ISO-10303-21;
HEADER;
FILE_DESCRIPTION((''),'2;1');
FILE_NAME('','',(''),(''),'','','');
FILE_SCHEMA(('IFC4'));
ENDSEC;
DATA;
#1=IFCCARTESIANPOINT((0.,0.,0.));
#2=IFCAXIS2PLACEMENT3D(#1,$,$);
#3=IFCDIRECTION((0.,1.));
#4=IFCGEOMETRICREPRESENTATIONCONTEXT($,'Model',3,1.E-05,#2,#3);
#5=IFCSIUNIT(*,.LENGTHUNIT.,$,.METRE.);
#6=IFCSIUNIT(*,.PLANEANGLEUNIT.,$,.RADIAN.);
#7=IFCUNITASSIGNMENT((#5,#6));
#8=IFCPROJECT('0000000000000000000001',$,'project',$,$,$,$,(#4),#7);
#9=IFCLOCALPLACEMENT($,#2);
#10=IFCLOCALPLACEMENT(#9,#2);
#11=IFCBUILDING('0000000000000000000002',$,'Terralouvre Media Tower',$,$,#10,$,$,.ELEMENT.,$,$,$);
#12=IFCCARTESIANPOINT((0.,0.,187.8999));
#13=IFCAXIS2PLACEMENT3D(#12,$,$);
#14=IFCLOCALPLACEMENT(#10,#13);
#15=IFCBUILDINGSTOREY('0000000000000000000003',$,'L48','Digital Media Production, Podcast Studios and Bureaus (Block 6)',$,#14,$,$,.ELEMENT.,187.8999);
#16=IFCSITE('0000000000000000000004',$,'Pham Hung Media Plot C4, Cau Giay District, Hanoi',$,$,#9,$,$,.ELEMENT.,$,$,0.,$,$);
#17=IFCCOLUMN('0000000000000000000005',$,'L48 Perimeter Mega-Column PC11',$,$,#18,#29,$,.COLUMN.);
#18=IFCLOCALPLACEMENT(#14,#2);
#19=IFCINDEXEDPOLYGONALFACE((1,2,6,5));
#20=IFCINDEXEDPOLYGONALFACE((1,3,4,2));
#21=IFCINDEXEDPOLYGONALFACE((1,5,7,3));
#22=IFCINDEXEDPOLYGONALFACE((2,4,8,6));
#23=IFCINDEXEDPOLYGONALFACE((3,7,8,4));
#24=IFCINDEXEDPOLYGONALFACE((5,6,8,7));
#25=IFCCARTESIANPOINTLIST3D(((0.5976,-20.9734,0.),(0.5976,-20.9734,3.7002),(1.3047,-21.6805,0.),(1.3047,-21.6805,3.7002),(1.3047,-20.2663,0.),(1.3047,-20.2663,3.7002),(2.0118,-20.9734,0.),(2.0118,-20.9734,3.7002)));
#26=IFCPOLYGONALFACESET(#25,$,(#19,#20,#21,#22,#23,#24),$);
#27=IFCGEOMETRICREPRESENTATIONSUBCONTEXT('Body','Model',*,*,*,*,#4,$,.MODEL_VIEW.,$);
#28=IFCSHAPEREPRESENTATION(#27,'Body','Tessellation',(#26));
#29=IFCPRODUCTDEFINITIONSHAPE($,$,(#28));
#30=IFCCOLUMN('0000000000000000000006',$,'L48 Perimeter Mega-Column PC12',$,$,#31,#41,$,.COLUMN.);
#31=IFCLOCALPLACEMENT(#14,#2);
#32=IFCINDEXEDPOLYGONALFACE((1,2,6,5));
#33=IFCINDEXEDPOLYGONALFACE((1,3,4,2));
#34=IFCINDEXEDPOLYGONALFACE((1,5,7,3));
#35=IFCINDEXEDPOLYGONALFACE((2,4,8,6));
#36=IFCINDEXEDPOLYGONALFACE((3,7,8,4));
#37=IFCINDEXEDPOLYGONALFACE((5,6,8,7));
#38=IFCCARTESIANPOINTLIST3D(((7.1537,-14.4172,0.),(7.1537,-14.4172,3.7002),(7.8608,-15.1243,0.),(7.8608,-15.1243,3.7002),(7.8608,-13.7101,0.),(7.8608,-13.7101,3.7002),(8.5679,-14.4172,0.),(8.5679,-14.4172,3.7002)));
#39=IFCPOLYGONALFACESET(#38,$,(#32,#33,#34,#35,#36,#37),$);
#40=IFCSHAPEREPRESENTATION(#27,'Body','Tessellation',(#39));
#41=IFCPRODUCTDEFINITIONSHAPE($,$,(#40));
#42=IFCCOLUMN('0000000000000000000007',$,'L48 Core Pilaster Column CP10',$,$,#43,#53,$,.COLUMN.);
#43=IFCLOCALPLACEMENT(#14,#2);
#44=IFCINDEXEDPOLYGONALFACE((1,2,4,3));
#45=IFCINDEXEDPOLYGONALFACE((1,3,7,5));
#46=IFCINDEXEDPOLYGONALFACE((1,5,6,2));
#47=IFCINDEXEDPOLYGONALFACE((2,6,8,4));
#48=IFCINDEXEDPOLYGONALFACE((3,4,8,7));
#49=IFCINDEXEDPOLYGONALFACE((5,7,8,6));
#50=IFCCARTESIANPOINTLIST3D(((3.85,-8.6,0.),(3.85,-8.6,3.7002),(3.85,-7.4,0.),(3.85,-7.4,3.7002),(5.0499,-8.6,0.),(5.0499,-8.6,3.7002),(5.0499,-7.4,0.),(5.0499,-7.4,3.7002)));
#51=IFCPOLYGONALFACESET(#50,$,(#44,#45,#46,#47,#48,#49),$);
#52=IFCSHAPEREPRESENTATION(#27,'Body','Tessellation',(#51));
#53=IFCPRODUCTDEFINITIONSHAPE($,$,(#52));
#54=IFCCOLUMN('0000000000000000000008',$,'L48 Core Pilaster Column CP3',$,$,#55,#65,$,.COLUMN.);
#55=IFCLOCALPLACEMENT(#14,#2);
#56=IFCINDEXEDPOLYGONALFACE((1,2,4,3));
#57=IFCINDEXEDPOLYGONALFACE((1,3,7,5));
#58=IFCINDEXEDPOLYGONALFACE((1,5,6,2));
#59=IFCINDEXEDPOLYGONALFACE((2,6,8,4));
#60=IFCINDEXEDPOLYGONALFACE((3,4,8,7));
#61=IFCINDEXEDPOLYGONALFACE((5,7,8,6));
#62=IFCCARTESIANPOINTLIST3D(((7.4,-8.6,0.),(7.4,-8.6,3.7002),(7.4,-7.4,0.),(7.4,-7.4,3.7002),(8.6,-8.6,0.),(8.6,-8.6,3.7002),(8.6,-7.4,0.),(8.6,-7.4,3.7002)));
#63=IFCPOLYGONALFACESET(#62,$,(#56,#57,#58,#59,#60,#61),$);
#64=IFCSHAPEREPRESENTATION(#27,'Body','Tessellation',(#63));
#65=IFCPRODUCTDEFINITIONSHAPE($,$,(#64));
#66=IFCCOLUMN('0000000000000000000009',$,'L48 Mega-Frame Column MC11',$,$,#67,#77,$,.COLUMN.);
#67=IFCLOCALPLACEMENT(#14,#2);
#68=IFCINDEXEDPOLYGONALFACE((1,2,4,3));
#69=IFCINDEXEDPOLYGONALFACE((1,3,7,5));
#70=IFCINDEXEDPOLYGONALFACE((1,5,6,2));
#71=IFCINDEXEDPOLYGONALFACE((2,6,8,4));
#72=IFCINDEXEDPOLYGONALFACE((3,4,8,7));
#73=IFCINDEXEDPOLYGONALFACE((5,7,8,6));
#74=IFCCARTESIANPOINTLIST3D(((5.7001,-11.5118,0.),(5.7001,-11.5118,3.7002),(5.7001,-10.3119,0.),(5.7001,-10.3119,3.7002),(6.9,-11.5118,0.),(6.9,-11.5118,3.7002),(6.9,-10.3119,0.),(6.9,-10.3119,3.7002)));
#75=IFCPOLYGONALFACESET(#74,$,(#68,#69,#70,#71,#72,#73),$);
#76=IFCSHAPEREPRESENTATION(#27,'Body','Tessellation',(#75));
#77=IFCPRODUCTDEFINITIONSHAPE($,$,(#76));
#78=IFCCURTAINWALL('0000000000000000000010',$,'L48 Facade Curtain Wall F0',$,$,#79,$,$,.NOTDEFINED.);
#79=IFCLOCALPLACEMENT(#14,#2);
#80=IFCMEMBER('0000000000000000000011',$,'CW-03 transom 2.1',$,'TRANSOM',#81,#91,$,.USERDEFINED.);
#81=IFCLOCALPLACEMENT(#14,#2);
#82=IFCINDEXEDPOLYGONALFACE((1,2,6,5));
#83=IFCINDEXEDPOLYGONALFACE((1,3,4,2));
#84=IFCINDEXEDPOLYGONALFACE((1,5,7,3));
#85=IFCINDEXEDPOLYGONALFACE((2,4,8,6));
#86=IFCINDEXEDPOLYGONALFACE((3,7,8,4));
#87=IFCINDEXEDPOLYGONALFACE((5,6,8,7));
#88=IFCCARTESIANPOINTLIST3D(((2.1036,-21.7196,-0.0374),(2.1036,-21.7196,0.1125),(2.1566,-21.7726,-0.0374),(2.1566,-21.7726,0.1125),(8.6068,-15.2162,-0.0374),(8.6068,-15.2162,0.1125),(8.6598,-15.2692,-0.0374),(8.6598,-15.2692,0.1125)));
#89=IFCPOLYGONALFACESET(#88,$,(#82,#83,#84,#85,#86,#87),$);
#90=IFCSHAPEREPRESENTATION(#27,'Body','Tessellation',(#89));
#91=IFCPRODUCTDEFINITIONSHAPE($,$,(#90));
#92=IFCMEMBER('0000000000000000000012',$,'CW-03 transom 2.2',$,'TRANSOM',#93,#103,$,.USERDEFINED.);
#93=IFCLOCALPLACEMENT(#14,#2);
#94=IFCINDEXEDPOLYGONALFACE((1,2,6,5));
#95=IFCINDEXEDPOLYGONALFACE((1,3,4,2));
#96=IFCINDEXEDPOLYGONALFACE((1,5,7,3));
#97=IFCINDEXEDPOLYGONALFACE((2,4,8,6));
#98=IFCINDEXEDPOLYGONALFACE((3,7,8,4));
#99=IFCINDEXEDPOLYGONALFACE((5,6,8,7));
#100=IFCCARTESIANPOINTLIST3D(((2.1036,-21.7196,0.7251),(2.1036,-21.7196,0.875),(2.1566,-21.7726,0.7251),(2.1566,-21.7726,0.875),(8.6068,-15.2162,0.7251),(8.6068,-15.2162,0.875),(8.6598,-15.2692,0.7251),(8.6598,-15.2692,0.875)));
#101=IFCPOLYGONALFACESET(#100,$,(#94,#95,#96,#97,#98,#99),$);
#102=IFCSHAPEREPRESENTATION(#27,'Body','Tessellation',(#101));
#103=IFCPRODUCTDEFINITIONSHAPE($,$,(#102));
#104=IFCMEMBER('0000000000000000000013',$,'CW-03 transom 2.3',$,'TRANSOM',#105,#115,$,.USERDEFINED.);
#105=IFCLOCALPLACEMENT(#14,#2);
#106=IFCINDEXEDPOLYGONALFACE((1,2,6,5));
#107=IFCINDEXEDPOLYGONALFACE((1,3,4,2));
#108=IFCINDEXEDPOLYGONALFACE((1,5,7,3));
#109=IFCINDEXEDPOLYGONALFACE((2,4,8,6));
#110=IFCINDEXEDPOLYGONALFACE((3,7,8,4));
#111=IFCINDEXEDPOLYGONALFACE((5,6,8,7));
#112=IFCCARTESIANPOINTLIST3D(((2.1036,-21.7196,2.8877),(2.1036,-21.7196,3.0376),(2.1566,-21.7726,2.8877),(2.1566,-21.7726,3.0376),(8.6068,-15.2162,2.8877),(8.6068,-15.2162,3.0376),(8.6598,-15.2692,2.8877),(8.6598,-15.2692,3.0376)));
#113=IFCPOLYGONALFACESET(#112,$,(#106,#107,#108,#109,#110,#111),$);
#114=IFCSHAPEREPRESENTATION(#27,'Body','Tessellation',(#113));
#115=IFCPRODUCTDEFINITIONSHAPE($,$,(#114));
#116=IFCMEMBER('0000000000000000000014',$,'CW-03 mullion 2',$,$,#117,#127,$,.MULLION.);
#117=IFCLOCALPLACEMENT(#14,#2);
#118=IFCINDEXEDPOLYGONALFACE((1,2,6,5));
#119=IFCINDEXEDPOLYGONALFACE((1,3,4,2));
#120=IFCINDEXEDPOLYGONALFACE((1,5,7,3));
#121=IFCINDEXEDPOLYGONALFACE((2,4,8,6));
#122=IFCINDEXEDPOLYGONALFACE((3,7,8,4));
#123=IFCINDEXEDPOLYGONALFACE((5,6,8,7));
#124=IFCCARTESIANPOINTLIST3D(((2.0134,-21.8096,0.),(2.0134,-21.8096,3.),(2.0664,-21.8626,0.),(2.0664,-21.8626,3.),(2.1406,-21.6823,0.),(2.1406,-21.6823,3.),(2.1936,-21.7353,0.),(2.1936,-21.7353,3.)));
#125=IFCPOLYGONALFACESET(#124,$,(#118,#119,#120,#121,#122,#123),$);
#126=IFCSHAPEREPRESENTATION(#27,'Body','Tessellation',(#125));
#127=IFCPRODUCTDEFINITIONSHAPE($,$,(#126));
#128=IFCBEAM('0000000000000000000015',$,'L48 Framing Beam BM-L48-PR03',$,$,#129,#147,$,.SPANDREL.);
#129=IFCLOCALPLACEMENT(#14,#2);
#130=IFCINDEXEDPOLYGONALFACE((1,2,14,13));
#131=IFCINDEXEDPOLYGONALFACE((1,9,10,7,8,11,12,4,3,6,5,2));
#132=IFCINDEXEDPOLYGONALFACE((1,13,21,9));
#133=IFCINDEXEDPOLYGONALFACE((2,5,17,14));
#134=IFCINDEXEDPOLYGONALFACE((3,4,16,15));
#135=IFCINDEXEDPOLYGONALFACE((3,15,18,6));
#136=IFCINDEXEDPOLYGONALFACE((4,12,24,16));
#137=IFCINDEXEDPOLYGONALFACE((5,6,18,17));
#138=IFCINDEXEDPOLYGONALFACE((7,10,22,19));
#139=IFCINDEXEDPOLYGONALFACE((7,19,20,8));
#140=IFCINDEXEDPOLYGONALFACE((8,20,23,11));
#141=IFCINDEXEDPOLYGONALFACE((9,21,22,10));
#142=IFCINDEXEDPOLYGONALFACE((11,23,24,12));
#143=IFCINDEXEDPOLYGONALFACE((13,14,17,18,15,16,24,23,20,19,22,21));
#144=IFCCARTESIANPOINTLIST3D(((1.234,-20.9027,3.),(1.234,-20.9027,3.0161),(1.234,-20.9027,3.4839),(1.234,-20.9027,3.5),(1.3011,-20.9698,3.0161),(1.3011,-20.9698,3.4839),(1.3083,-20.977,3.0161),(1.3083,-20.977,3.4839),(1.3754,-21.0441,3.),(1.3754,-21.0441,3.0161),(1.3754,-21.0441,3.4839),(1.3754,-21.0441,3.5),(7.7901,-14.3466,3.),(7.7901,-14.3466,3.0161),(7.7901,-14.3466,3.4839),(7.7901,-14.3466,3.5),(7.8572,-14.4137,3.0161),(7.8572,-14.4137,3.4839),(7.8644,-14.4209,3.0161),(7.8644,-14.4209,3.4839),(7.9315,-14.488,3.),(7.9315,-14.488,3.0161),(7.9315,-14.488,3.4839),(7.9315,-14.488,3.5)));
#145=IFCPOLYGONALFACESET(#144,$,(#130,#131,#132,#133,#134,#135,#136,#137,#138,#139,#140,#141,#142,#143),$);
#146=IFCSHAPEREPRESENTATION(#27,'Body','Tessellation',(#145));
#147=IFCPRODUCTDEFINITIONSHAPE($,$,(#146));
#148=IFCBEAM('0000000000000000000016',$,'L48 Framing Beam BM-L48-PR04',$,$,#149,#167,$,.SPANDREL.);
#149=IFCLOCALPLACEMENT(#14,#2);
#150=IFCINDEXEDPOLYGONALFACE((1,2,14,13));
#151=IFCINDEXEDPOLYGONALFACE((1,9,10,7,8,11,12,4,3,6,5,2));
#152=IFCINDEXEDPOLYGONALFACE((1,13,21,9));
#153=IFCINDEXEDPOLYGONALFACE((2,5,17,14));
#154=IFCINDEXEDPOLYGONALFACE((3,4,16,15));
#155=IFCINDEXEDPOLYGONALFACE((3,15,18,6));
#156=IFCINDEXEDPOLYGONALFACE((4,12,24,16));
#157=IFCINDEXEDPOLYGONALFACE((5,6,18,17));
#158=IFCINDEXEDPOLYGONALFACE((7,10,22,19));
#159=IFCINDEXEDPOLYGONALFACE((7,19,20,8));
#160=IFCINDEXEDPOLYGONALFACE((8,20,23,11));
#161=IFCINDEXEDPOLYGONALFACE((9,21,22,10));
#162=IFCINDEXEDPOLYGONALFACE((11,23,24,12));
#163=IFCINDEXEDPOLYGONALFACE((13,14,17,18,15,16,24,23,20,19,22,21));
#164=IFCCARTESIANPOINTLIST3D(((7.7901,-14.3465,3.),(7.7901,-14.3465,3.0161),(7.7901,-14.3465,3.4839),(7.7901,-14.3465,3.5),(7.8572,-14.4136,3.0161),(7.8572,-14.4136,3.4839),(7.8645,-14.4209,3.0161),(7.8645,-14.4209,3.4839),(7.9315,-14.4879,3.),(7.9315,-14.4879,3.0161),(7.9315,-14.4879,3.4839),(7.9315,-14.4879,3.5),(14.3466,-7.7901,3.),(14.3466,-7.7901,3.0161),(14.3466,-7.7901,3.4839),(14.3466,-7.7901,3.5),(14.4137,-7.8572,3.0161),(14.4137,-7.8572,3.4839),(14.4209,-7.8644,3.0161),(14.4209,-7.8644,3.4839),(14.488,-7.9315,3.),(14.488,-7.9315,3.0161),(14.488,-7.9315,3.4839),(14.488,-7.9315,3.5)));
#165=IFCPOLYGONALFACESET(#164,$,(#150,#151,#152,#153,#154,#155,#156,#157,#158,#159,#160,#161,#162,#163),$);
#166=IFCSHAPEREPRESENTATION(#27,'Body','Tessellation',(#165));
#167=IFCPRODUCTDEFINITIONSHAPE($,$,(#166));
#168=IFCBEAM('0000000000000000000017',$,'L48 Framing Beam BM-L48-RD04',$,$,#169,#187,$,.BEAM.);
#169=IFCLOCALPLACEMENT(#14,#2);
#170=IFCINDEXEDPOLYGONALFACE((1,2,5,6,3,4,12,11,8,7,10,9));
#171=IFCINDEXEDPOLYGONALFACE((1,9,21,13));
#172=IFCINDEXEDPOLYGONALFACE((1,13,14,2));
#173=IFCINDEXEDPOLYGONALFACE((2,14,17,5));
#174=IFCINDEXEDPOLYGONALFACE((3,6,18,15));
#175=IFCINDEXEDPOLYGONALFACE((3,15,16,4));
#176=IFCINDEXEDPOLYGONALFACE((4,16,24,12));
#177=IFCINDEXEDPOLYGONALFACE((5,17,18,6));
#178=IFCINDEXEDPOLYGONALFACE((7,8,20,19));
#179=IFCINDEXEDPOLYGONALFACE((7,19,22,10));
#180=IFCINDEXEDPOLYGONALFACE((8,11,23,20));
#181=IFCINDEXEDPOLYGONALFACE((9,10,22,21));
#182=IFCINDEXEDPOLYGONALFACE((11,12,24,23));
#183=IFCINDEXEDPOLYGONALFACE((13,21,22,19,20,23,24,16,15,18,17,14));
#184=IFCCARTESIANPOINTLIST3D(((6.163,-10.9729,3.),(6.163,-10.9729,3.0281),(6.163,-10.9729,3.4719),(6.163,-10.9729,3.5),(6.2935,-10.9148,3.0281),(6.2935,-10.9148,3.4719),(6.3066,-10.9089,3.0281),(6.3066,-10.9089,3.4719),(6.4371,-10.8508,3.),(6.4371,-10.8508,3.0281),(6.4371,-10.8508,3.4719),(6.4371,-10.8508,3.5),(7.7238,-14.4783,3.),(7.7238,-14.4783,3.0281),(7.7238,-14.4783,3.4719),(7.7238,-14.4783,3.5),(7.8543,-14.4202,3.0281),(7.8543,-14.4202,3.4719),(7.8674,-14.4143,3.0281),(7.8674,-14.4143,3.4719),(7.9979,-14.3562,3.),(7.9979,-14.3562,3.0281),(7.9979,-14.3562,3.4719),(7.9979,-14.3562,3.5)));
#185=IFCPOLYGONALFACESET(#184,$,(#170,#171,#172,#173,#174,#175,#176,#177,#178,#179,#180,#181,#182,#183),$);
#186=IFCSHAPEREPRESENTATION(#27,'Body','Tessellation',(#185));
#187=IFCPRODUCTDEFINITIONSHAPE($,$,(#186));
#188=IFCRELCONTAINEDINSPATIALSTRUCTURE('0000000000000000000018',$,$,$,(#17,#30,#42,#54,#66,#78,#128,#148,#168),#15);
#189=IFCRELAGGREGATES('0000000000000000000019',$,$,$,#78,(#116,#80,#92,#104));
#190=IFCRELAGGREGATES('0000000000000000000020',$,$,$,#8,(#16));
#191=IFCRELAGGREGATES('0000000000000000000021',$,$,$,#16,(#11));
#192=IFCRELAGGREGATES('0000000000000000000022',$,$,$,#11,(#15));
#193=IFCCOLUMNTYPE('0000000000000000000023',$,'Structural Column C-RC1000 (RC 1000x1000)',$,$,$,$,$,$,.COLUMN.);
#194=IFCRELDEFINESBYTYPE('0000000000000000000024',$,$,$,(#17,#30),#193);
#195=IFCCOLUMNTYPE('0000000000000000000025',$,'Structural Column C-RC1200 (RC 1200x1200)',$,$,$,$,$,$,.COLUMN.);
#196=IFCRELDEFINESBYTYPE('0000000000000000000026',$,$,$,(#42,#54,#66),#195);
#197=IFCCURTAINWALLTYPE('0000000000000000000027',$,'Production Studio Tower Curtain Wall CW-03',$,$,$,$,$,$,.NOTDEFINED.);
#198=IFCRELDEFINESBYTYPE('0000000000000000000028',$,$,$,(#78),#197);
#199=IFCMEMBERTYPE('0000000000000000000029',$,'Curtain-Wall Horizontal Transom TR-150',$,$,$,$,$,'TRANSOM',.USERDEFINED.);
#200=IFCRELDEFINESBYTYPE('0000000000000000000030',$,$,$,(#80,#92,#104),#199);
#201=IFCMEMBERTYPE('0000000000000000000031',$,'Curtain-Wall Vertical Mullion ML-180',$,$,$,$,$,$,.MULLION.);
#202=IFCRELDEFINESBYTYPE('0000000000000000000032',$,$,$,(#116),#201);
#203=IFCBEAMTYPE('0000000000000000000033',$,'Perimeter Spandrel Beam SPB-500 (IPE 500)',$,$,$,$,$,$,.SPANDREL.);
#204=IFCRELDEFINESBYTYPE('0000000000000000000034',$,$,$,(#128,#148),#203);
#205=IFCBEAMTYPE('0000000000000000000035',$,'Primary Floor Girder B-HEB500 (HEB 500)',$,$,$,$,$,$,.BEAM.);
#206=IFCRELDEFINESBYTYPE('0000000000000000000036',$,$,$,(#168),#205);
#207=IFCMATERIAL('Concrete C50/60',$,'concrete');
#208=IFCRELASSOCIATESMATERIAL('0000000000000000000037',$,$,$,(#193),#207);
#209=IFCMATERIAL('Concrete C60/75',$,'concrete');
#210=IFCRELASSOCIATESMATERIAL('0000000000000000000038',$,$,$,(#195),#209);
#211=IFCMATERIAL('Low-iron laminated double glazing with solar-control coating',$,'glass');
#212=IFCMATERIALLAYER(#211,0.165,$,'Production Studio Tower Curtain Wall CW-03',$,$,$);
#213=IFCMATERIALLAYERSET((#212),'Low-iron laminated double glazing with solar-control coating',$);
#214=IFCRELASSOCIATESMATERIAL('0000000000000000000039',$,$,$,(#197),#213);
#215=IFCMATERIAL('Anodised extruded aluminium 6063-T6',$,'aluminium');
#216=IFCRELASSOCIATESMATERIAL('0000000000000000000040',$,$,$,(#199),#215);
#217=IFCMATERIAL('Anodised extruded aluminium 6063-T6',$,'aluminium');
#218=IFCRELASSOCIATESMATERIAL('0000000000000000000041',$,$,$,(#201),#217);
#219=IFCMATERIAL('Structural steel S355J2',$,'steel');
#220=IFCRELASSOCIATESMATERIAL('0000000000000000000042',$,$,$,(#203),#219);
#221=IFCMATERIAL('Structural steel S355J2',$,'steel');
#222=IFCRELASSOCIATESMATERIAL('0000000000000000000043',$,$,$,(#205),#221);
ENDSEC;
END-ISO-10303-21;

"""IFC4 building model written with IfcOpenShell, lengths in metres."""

from ifc_helpers import new_model, si_unit, direction, frame, origin, origin_2d, place, context, subcontext, project, spatial, rectangle, i_section, extrude, material, layer, layer_set, material_profile, profile_set, type_object, element, aggregate, save


model = new_model("IFC4")

# Units and contexts
model_context = context("Model", 3, precision=1e-05, world=origin(), true_north=direction((0.0, 1.0)))
body_context = subcontext(model_context, "Body", "Model", "MODEL_VIEW")
ifc_project = project(units=[si_unit("LENGTHUNIT", "METRE"), si_unit("PLANEANGLEUNIT", "RADIAN")], contexts=[model_context])

# Site, building, storey
site_placement = place(None, origin())
site = spatial("IfcSite", under=ifc_project, at=site_placement, Name="Pham Hung Media Plot C4, Cau Giay District, Hanoi", CompositionType="ELEMENT", RefElevation=0.0)
building_placement = place(site_placement, origin())
building = spatial("IfcBuilding", under=site, at=building_placement, Name="Terralouvre Media Tower", CompositionType="ELEMENT")
storey_placement = place(building_placement, frame((0.0, 0.0, 187.8999)))
storey = spatial("IfcBuildingStorey", under=building, at=storey_placement, Name="L48", Description="Digital Media Production, Podcast Studios and Bureaus (Block 6)", CompositionType="ELEMENT", Elevation=187.8999)

# Columns
ifc_material_1 = material(Name="Concrete C50/60", Category="concrete")
ifc_material_profile_1 = material_profile(ifc_material_1, rectangle(XDim=1.0, YDim=1.0, at=origin_2d()), Name="RC 1000x1000")
ifc_profile_set_1 = profile_set([ifc_material_profile_1], Name="Concrete C50/60")
column_type_1 = type_object("IfcColumnType", Name="Structural Column C-RC1000 (RC 1000x1000)", PredefinedType="COLUMN", material=ifc_profile_set_1)
for number, where, z_axis, x_axis, name in (
    (1, (1.3047, -20.9734, 0.0), (0.0, 0.0, 1.0), (0.707107, 0.707107, 0.0), "L48 Perimeter Mega-Column PC11"),
    (2, (7.8608, -14.4172, 0.0), (0.0, 0.0, 1.0), (0.707107, 0.707107, 0.0), "L48 Perimeter Mega-Column PC12"),
):
    element("IfcColumn", number, at=place(storey_placement, frame(where, z_axis=z_axis, x_axis=x_axis)), inside=storey, type_object=column_type_1, Name=name, PredefinedType="COLUMN", context=body_context, shape_type="SweptSolid", body=[
        extrude(rectangle(XDim=1.0, YDim=1.0, at=origin_2d()), origin(), (0.0, 0.0, 1.0), 3.7002),
    ])
ifc_material_2 = material(Name="Concrete C60/75", Category="concrete")
ifc_material_profile_2 = material_profile(ifc_material_2, rectangle(XDim=1.2, YDim=1.2, at=origin_2d()), Name="RC 1200x1200")
ifc_profile_set_2 = profile_set([ifc_material_profile_2], Name="Concrete C60/75")
column_type_2 = type_object("IfcColumnType", Name="Structural Column C-RC1200 (RC 1200x1200)", PredefinedType="COLUMN", material=ifc_profile_set_2)
for number, where, z_axis, x_axis, name in (
    (3, (4.45, -8.0, 0.0), (0.0, 0.0, 1.0), (1.0, 0.0, 0.0), "L48 Core Pilaster Column CP10"),
    (4, (8.0, -8.0, 0.0), (0.0, 0.0, 1.0), (1.0, 0.0, 0.0), "L48 Core Pilaster Column CP3"),
    (5, (6.3, -10.9119, 0.0), (0.0, 0.0, 1.0), (1.0, 0.0, 0.0), "L48 Mega-Frame Column MC11"),
):
    element("IfcColumn", number, at=place(storey_placement, frame(where, z_axis=z_axis, x_axis=x_axis)), inside=storey, type_object=column_type_2, Name=name, PredefinedType="COLUMN", context=body_context, shape_type="SweptSolid", body=[
        extrude(rectangle(XDim=1.2, YDim=1.2, at=origin_2d()), origin(), (0.0, 0.0, 1.0), 3.7002),
    ])

# Curtain wall, members
ifc_material_3 = material(Name="Low-iron laminated double glazing with solar-control coating", Category="glass")
ifc_layer_1 = layer(ifc_material_3, 0.165, Name="Production Studio Tower Curtain Wall CW-03")
ifc_layer_set_1 = layer_set([ifc_layer_1], Name="Low-iron laminated double glazing with solar-control coating")
curtain_wall_type = type_object("IfcCurtainWallType", Name="Production Studio Tower Curtain Wall CW-03", PredefinedType="NOTDEFINED", material=ifc_layer_set_1)
curtain_wall_placement = place(storey_placement, origin())
curtain_wall = element("IfcCurtainWall", 6, at=curtain_wall_placement, inside=storey, type_object=curtain_wall_type, Name="L48 Facade Curtain Wall F0", PredefinedType="NOTDEFINED")
ifc_material_4 = material(Name="Anodised extruded aluminium 6063-T6", Category="aluminium")
ifc_material_profile_3 = material_profile(ifc_material_4, rectangle(XDim=0.075, YDim=0.1499, at=origin_2d()), Name="ALU 75x150")
ifc_profile_set_3 = profile_set([ifc_material_profile_3], Name="Anodised extruded aluminium 6063-T6")
member_type_1 = type_object("IfcMemberType", Name="Curtain-Wall Horizontal Transom TR-150", ElementType="TRANSOM", PredefinedType="USERDEFINED", material=ifc_profile_set_3)
member_1_placement = place(storey_placement, frame((2.1301, -21.7461, 0.0376), z_axis=(0.707094, 0.70712, 0.0), x_axis=(-0.70712, 0.707094, 0.0)))
member_1 = element("IfcMember", 7, at=member_1_placement, type_object=member_type_1, Name="CW-03 transom 2.1", ObjectType="TRANSOM", PredefinedType="USERDEFINED", context=body_context, shape_type="SweptSolid", body=[
    extrude(rectangle(XDim=0.075, YDim=0.1499, at=origin_2d()), origin(), (0.0, 0.0, 1.0), 9.197),
])
member_2_placement = place(storey_placement, frame((2.1301, -21.7461, 0.8), z_axis=(0.707094, 0.70712, 0.0), x_axis=(-0.70712, 0.707094, 0.0)))
member_2 = element("IfcMember", 8, at=member_2_placement, type_object=member_type_1, Name="CW-03 transom 2.2", ObjectType="TRANSOM", PredefinedType="USERDEFINED", context=body_context, shape_type="SweptSolid", body=[
    extrude(rectangle(XDim=0.075, YDim=0.1499, at=origin_2d()), origin(), (0.0, 0.0, 1.0), 9.197),
])
member_3_placement = place(storey_placement, frame((2.1301, -21.7461, 2.9626), z_axis=(0.707094, 0.70712, 0.0), x_axis=(-0.70712, 0.707094, 0.0)))
member_3 = element("IfcMember", 9, at=member_3_placement, type_object=member_type_1, Name="CW-03 transom 2.3", ObjectType="TRANSOM", PredefinedType="USERDEFINED", context=body_context, shape_type="SweptSolid", body=[
    extrude(rectangle(XDim=0.075, YDim=0.1499, at=origin_2d()), origin(), (0.0, 0.0, 1.0), 9.197),
])
ifc_material_5 = material(Name="Anodised extruded aluminium 6063-T6", Category="aluminium")
ifc_material_profile_4 = material_profile(ifc_material_5, rectangle(XDim=0.075, YDim=0.1799, at=origin_2d()), Name="ALU 75x180")
ifc_profile_set_4 = profile_set([ifc_material_profile_4], Name="Anodised extruded aluminium 6063-T6")
member_type_2 = type_object("IfcMemberType", Name="Curtain-Wall Vertical Mullion ML-180", PredefinedType="MULLION", material=ifc_profile_set_4)
member_4_placement = place(storey_placement, frame((2.1035, -21.7725, 0.0), z_axis=(0.0, 0.0, 1.0), x_axis=(-0.707107, 0.707107, 0.0)))
member_4 = element("IfcMember", 10, at=member_4_placement, type_object=member_type_2, Name="CW-03 mullion 2", PredefinedType="MULLION", context=body_context, shape_type="SweptSolid", body=[
    extrude(rectangle(XDim=0.075, YDim=0.1799, at=origin_2d()), origin(), (0.0, 0.0, 1.0), 3.0),
])

# Beams
ifc_material_6 = material(Name="Structural steel S355J2", Category="steel")
ifc_material_profile_5 = material_profile(ifc_material_6, i_section(OverallWidth=0.2, OverallDepth=0.5, WebThickness=0.0103, FlangeThickness=0.0161, at=origin_2d()), Name="IPE 500")
ifc_profile_set_5 = profile_set([ifc_material_profile_5], Name="Structural steel S355J2")
beam_type_1 = type_object("IfcBeamType", Name="Perimeter Spandrel Beam SPB-500 (IPE 500)", PredefinedType="SPANDREL", material=ifc_profile_set_5)
beam_1_placement = place(storey_placement, frame((1.3047, -20.9734, 3.25), z_axis=(0.707107, 0.707107, 0.0), x_axis=(-0.707107, 0.707107, 0.0)))
element("IfcBeam", 11, at=beam_1_placement, inside=storey, type_object=beam_type_1, Name="L48 Framing Beam BM-L48-PR03", PredefinedType="SPANDREL", context=body_context, shape_type="SweptSolid", body=[
    extrude(i_section(OverallWidth=0.2, OverallDepth=0.5, WebThickness=0.0103, FlangeThickness=0.0161, at=origin_2d()), origin(), (0.0, 0.0, 1.0), 9.2717),
])
beam_2_placement = place(storey_placement, frame((7.8608, -14.4172, 3.25), z_axis=(0.707107, 0.707107, 0.0), x_axis=(-0.707107, 0.707107, 0.0)))
element("IfcBeam", 12, at=beam_2_placement, inside=storey, type_object=beam_type_1, Name="L48 Framing Beam BM-L48-PR04", PredefinedType="SPANDREL", context=body_context, shape_type="SweptSolid", body=[
    extrude(i_section(OverallWidth=0.2, OverallDepth=0.5, WebThickness=0.0103, FlangeThickness=0.0161, at=origin_2d()), origin(), (0.0, 0.0, 1.0), 9.2722),
])
ifc_material_7 = material(Name="Structural steel S355J2", Category="steel")
ifc_material_profile_6 = material_profile(ifc_material_7, i_section(OverallWidth=0.3, OverallDepth=0.5, WebThickness=0.0144, FlangeThickness=0.0281, at=origin_2d()), Name="HEB 500")
ifc_profile_set_6 = profile_set([ifc_material_profile_6], Name="Structural steel S355J2")
beam_type_2 = type_object("IfcBeamType", Name="Primary Floor Girder B-HEB500 (HEB 500)", PredefinedType="BEAM", material=ifc_profile_set_6)
beam_3_placement = place(storey_placement, frame((6.3, -10.9119, 3.25), z_axis=(0.406758, -0.913536, 0.0), x_axis=(0.913536, 0.406758, 0.0)))
element("IfcBeam", 13, at=beam_3_placement, inside=storey, type_object=beam_type_2, Name="L48 Framing Beam BM-L48-RD04", PredefinedType="BEAM", context=body_context, shape_type="SweptSolid", body=[
    extrude(i_section(OverallWidth=0.3, OverallDepth=0.5, WebThickness=0.0144, FlangeThickness=0.0281, at=origin_2d()), origin(), (0.0, 0.0, 1.0), 3.8372),
])

aggregate(curtain_wall, [member_4, member_1, member_2, member_3])

save(model, "model.ifc")
